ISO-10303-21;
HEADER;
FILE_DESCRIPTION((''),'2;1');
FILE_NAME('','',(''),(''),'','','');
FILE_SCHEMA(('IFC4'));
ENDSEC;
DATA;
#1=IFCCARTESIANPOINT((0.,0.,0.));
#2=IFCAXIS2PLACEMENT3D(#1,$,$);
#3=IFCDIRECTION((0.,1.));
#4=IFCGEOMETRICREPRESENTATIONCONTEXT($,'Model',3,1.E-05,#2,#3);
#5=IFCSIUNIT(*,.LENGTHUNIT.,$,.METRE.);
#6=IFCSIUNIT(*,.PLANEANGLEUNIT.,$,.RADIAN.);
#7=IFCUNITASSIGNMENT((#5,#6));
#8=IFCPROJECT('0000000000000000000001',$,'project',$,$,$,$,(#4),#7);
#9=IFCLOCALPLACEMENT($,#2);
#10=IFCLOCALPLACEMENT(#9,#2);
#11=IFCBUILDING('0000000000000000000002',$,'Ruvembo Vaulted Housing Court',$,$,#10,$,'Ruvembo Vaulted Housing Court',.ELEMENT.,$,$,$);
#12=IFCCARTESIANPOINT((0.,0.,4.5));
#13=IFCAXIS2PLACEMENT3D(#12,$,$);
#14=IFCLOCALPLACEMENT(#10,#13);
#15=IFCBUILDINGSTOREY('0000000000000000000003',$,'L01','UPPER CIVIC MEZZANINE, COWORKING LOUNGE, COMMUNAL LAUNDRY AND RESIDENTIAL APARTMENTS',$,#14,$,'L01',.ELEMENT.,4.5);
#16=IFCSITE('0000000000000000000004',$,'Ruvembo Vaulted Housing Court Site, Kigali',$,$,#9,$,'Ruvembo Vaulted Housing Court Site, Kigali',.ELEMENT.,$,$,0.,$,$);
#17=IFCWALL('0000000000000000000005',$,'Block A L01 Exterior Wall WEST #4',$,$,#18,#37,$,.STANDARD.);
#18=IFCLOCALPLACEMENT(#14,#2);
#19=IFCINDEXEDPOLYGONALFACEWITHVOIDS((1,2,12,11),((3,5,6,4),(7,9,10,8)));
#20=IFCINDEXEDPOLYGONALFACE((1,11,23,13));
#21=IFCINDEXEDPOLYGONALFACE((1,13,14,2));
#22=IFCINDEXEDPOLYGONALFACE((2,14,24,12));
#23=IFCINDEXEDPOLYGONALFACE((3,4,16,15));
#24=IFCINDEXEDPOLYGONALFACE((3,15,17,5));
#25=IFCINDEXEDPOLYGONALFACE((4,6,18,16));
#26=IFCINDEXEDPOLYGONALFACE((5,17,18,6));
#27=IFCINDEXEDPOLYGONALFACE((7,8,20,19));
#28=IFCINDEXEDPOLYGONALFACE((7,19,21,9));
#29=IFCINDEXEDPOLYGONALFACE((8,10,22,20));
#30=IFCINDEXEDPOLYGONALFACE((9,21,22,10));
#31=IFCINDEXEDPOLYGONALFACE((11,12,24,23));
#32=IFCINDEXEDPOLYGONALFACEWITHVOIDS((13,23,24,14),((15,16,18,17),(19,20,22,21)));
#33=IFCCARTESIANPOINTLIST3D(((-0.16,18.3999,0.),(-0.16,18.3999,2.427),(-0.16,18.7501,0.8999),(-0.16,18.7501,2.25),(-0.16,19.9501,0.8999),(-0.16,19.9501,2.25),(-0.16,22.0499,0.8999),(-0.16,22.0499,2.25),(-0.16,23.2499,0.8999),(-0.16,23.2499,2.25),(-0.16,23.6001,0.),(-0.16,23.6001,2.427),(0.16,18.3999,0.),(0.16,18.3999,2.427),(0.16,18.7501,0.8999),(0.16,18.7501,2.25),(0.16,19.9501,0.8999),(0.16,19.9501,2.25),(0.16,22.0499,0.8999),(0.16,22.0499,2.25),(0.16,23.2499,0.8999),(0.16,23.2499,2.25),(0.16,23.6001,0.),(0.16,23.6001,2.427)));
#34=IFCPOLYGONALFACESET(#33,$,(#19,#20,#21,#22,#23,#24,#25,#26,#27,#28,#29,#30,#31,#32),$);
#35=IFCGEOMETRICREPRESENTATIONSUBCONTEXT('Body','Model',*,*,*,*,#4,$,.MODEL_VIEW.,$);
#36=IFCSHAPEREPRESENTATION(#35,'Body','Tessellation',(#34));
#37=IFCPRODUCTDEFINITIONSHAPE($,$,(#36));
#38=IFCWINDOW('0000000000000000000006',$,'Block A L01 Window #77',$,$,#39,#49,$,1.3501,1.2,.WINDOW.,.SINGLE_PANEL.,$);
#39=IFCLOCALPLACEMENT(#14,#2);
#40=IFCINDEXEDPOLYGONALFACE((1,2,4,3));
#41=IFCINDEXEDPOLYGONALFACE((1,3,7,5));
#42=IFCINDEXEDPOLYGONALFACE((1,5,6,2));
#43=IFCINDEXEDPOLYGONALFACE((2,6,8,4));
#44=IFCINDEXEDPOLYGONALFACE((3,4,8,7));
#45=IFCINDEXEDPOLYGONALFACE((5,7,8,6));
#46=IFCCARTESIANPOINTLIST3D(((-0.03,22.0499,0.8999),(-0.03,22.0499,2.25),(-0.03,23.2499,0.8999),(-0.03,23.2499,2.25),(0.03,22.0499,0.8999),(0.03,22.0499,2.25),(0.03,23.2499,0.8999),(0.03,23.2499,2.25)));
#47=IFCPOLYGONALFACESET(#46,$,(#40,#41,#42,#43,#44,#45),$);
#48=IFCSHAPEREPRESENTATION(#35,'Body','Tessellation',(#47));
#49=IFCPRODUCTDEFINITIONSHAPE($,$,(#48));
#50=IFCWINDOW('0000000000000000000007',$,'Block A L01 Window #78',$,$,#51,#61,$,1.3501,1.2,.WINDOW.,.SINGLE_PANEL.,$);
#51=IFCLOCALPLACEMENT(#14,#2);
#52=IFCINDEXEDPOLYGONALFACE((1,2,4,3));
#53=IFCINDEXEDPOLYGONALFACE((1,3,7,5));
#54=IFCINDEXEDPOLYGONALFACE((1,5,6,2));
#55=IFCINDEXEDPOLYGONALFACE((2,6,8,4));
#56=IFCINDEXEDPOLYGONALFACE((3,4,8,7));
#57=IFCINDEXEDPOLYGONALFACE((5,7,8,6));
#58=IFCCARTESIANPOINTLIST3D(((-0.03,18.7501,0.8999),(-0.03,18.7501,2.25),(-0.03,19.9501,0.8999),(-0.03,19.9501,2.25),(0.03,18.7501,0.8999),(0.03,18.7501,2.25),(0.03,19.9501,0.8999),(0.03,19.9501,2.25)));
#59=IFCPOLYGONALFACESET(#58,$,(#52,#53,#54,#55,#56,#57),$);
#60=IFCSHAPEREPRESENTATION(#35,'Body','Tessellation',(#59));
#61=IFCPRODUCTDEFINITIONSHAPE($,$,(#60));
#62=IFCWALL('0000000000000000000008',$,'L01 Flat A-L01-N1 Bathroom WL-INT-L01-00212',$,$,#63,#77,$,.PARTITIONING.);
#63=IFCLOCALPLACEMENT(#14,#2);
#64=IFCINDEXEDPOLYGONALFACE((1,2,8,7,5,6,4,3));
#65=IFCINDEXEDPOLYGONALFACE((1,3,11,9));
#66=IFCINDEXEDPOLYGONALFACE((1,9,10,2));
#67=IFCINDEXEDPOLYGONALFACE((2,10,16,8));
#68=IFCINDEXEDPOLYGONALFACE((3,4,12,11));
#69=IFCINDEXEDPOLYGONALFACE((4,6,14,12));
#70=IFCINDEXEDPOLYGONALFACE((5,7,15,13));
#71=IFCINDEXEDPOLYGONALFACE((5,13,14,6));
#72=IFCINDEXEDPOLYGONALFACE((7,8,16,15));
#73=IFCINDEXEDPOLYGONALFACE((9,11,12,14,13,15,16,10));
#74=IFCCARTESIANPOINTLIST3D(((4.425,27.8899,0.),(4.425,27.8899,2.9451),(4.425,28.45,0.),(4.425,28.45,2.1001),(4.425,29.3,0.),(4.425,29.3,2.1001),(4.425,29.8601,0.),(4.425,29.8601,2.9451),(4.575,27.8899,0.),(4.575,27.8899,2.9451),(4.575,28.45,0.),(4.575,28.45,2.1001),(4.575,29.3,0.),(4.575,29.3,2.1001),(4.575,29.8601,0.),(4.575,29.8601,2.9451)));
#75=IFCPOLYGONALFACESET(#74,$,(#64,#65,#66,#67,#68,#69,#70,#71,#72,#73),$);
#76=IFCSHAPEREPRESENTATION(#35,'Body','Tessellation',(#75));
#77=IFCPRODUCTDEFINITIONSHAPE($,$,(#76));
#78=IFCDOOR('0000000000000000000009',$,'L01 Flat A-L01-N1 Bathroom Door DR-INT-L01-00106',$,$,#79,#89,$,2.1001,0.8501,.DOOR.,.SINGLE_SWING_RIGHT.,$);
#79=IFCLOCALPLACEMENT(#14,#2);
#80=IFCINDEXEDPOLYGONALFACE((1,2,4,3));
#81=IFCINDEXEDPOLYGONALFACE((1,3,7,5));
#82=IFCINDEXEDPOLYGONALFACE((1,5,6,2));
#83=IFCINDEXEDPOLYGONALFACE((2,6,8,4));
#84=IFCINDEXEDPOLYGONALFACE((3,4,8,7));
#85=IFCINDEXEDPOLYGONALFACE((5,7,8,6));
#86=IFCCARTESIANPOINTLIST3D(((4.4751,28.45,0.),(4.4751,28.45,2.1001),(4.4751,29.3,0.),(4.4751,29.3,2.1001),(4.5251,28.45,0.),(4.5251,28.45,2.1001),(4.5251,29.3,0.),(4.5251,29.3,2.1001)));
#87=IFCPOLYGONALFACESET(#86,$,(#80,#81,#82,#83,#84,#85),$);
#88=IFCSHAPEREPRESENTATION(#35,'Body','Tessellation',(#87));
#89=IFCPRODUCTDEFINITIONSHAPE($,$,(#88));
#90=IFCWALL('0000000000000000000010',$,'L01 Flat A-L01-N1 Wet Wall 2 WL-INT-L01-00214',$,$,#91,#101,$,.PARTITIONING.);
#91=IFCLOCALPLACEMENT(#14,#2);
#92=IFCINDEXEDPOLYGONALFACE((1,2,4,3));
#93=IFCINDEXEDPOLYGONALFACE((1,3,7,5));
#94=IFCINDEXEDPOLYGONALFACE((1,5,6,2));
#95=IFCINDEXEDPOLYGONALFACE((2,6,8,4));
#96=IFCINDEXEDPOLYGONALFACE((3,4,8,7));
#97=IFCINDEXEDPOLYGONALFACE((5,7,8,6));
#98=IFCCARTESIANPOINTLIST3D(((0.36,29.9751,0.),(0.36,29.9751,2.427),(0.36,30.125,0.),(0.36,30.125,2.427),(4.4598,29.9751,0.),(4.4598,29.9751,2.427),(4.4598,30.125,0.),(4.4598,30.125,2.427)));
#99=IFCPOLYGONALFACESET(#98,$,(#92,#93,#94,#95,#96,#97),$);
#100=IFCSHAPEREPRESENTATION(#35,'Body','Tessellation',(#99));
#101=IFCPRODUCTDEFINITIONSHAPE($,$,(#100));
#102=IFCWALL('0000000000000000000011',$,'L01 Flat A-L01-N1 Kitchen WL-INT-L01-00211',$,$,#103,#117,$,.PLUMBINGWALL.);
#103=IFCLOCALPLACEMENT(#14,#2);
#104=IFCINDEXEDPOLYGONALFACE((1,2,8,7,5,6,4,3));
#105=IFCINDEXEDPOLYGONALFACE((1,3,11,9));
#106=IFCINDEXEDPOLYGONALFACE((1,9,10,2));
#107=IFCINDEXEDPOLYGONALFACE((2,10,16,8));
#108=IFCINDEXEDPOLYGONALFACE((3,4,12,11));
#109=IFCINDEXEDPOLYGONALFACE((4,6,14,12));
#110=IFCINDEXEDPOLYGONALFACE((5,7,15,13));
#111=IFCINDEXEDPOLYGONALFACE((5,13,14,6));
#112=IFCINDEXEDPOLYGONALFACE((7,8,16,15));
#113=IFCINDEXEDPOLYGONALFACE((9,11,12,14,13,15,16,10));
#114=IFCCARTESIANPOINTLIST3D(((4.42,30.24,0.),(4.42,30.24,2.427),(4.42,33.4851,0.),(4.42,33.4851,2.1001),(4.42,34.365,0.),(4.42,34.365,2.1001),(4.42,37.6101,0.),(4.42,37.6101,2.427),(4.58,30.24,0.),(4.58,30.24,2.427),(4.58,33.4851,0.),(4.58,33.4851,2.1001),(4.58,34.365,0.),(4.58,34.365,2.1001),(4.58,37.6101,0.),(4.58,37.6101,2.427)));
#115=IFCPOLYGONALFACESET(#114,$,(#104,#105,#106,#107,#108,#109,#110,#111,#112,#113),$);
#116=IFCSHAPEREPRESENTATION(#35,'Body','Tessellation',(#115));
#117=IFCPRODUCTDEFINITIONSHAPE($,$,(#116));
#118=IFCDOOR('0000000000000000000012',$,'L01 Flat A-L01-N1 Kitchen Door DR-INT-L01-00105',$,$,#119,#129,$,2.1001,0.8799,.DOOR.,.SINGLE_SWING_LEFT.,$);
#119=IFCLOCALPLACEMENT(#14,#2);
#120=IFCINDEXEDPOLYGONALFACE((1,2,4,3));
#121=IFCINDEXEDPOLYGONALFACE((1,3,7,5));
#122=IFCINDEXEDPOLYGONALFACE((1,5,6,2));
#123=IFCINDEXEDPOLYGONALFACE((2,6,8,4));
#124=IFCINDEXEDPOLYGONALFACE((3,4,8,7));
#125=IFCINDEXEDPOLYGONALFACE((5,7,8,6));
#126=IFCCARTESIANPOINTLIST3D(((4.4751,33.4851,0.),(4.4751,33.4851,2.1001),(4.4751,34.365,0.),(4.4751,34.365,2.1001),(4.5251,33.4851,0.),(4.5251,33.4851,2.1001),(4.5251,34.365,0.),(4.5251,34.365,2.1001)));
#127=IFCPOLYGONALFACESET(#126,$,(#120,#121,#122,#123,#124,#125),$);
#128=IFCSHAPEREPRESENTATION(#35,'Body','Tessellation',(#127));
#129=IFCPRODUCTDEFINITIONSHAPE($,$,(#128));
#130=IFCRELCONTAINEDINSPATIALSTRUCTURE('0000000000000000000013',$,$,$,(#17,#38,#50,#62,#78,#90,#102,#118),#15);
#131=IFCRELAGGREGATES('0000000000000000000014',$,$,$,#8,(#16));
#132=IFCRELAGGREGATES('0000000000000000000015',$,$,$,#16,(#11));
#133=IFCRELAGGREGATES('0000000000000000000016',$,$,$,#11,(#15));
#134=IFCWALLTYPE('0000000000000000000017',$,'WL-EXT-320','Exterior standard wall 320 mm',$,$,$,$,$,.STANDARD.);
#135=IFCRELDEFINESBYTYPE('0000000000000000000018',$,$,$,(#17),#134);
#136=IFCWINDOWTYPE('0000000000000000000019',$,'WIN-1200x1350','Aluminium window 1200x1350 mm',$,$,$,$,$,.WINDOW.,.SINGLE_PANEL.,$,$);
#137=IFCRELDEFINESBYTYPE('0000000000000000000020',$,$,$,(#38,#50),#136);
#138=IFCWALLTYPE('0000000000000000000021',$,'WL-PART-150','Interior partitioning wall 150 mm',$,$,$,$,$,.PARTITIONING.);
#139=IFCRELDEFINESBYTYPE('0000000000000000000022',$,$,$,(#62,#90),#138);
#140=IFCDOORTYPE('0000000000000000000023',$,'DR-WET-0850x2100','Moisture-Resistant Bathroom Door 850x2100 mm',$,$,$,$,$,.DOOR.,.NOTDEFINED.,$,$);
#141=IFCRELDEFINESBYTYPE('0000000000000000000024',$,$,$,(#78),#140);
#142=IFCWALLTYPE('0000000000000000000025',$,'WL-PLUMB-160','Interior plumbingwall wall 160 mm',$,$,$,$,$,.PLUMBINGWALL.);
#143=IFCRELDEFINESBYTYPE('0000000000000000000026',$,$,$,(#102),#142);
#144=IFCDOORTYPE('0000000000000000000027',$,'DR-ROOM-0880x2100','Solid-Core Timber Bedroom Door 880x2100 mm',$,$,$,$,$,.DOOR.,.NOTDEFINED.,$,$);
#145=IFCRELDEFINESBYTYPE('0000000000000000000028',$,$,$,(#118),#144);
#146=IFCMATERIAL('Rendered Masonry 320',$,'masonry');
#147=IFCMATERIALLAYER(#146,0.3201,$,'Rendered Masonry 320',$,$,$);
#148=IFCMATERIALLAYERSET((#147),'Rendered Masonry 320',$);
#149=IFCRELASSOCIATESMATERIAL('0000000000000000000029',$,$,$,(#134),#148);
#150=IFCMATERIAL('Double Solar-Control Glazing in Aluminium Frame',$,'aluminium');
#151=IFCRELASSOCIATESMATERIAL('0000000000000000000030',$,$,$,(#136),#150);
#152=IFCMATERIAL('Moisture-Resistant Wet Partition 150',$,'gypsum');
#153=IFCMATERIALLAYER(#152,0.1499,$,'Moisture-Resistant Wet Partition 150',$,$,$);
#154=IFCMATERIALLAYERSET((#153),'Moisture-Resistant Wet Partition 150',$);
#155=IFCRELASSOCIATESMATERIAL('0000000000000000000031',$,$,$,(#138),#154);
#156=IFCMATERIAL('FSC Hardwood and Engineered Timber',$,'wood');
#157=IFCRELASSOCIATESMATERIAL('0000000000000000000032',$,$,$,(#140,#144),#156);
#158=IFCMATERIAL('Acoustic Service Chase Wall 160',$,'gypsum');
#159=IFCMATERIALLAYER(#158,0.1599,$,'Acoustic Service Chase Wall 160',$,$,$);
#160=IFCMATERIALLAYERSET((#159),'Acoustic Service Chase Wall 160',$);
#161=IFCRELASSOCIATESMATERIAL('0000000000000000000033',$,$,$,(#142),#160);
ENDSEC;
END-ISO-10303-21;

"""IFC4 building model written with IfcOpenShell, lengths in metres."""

from ifc_helpers import new_model, si_unit, direction, frame, frame_2d, origin, place, context, subcontext, project, spatial, rectangle, extrude, material, layer, layer_set, type_object, element, fill, save


model = new_model("IFC4")

# Units and contexts
model_context = context("Model", 3, precision=1e-05, world=origin(), true_north=direction((0.0, 1.0)))
body_context = subcontext(model_context, "Body", "Model", "MODEL_VIEW")
ifc_project = project(units=[si_unit("LENGTHUNIT", "METRE"), si_unit("PLANEANGLEUNIT", "RADIAN")], contexts=[model_context])

# Site, building, storey
site_placement = place(None, origin())
site = spatial("IfcSite", under=ifc_project, at=site_placement, Name="Ruvembo Vaulted Housing Court Site, Kigali", LongName="Ruvembo Vaulted Housing Court Site, Kigali", CompositionType="ELEMENT", RefElevation=0.0)
building_placement = place(site_placement, origin())
building = spatial("IfcBuilding", under=site, at=building_placement, Name="Ruvembo Vaulted Housing Court", LongName="Ruvembo Vaulted Housing Court", CompositionType="ELEMENT")
storey_placement = place(building_placement, frame((0.0, 0.0, 4.5)))
storey = spatial("IfcBuildingStorey", under=building, at=storey_placement, Name="L01", Description="UPPER CIVIC MEZZANINE, COWORKING LOUNGE, COMMUNAL LAUNDRY AND RESIDENTIAL APARTMENTS", LongName="L01", CompositionType="ELEMENT", Elevation=4.5)

# Shared definitions
ifc_material_1 = material(Name="FSC Hardwood and Engineered Timber", Category="wood")

# Wall, openings, windows
ifc_material_2 = material(Name="Rendered Masonry 320", Category="masonry")
ifc_layer_1 = layer(ifc_material_2, 0.3201, Name="Rendered Masonry 320")
ifc_layer_set_1 = layer_set([ifc_layer_1], Name="Rendered Masonry 320")
wall_type_1 = type_object("IfcWallType", Name="WL-EXT-320", Description="Exterior standard wall 320 mm", PredefinedType="STANDARD", material=ifc_layer_set_1)
ifc_material_3 = material(Name="Double Solar-Control Glazing in Aluminium Frame", Category="aluminium")
wall_1_placement = place(storey_placement, frame((0.0, 23.6001, 0.0), z_axis=(0.0, 0.0, 1.0), x_axis=(0.0, -1.0, 0.0)))
wall_1 = element("IfcWall", 1, at=wall_1_placement, inside=storey, type_object=wall_type_1, Name="Block A L01 Exterior Wall WEST #4", PredefinedType="STANDARD", context=body_context, shape_type="SweptSolid", body=[
    extrude(rectangle(XDim=5.2002, YDim=0.3201, at=frame_2d((2.6001, 0.0))), origin(), (0.0, 0.0, 1.0), 2.427),
])
opening_1_placement = place(wall_1_placement, frame((0.3501, 0.0, 0.8999)))
opening_1 = element("IfcOpeningElement", 2, at=opening_1_placement, cuts=wall_1, PredefinedType="OPENING", context=body_context, shape_type="SweptSolid", body=[
    extrude(rectangle(XDim=1.2, YDim=1.3501, at=frame_2d((0.6001, 0.675))), frame((0.0, 0.1699, 0.0), z_axis=(0.0, -1.0, 0.0), x_axis=(1.0, 0.0, 0.0)), (0.0, 0.0, 1.0), 0.3401),
])
opening_2_placement = place(wall_1_placement, frame((3.6499, 0.0, 0.8999)))
opening_2 = element("IfcOpeningElement", 3, at=opening_2_placement, cuts=wall_1, PredefinedType="OPENING", context=body_context, shape_type="SweptSolid", body=[
    extrude(rectangle(XDim=1.2, YDim=1.3501, at=frame_2d((0.6001, 0.675))), frame((0.0, 0.1699, 0.0), z_axis=(0.0, -1.0, 0.0), x_axis=(1.0, 0.0, 0.0)), (0.0, 0.0, 1.0), 0.3401),
])
window_type_1 = type_object("IfcWindowType", Name="WIN-1200x1350", Description="Aluminium window 1200x1350 mm", PartitioningType="SINGLE_PANEL", PredefinedType="WINDOW", material=ifc_material_3)
window_1_placement = place(opening_1_placement, origin())
window_1 = element("IfcWindow", 4, at=window_1_placement, inside=storey, type_object=window_type_1, Name="Block A L01 Window #77", OverallHeight=1.3501, OverallWidth=1.2, PartitioningType="SINGLE_PANEL", PredefinedType="WINDOW", context=body_context, shape_type="SweptSolid", body=[
    extrude(rectangle(XDim=1.2, YDim=1.3501, at=frame_2d((0.6001, 0.675))), frame((0.0, 0.03, 0.0), z_axis=(0.0, -1.0, 0.0), x_axis=(1.0, 0.0, 0.0)), (0.0, 0.0, 1.0), 0.0601),
])
fill(opening_1, window_1)
window_2_placement = place(opening_2_placement, origin())
window_2 = element("IfcWindow", 5, at=window_2_placement, inside=storey, type_object=window_type_1, Name="Block A L01 Window #78", OverallHeight=1.3501, OverallWidth=1.2, PartitioningType="SINGLE_PANEL", PredefinedType="WINDOW", context=body_context, shape_type="SweptSolid", body=[
    extrude(rectangle(XDim=1.2, YDim=1.3501, at=frame_2d((0.6001, 0.675))), frame((0.0, 0.03, 0.0), z_axis=(0.0, -1.0, 0.0), x_axis=(1.0, 0.0, 0.0)), (0.0, 0.0, 1.0), 0.0601),
])
fill(opening_2, window_2)

# Wall, opening, door
ifc_material_4 = material(Name="Moisture-Resistant Wet Partition 150", Category="gypsum")
ifc_layer_2 = layer(ifc_material_4, 0.1499, Name="Moisture-Resistant Wet Partition 150")
ifc_layer_set_2 = layer_set([ifc_layer_2], Name="Moisture-Resistant Wet Partition 150")
wall_type_2 = type_object("IfcWallType", Name="WL-PART-150", Description="Interior partitioning wall 150 mm", PredefinedType="PARTITIONING", material=ifc_layer_set_2)
wall_2_placement = place(storey_placement, frame((4.5, 27.8899, 0.0), z_axis=(0.0, 0.0, 1.0), x_axis=(0.0, 1.0, 0.0)))
wall_2 = element("IfcWall", 6, at=wall_2_placement, inside=storey, type_object=wall_type_2, Name="L01 Flat A-L01-N1 Bathroom WL-INT-L01-00212", PredefinedType="PARTITIONING", context=body_context, shape_type="SweptSolid", body=[
    extrude(rectangle(XDim=1.9702, YDim=0.1499, at=frame_2d((0.9851, 0.0))), origin(), (0.0, 0.0, 1.0), 2.9451),
])
opening_3_placement = place(wall_2_placement, frame((0.5601, 0.0, 0.0)))
opening_3 = element("IfcOpeningElement", 7, at=opening_3_placement, cuts=wall_2, PredefinedType="OPENING", context=body_context, shape_type="SweptSolid", body=[
    extrude(rectangle(XDim=0.8501, YDim=2.1001, at=frame_2d((0.425, 1.05))), frame((0.0, 0.085, 0.0), z_axis=(0.0, -1.0, 0.0), x_axis=(1.0, 0.0, 0.0)), (0.0, 0.0, 1.0), 0.1699),
])
door_type_1 = type_object("IfcDoorType", Name="DR-WET-0850x2100", Description="Moisture-Resistant Bathroom Door 850x2100 mm", OperationType="NOTDEFINED", PredefinedType="DOOR", material=ifc_material_1)
door_1_placement = place(opening_3_placement, origin())
door_1 = element("IfcDoor", 8, at=door_1_placement, inside=storey, type_object=door_type_1, Name="L01 Flat A-L01-N1 Bathroom Door DR-INT-L01-00106", OperationType="SINGLE_SWING_RIGHT", OverallHeight=2.1001, OverallWidth=0.8501, PredefinedType="DOOR", context=body_context, shape_type="SweptSolid", body=[
    extrude(rectangle(XDim=0.8501, YDim=2.1001, at=frame_2d((0.425, 1.05))), frame((0.0, 0.0249, 0.0), z_axis=(0.0, -1.0, 0.0), x_axis=(1.0, 0.0, 0.0)), (0.0, 0.0, 1.0), 0.05),
])
fill(opening_3, door_1)

# Wall
wall_3_placement = place(storey_placement, frame((0.3601, 30.05, 0.0), z_axis=(0.0, 0.0, 1.0), x_axis=(1.0, 0.0, 0.0)))
element("IfcWall", 9, at=wall_3_placement, inside=storey, type_object=wall_type_2, Name="L01 Flat A-L01-N1 Wet Wall 2 WL-INT-L01-00214", PredefinedType="PARTITIONING", context=body_context, shape_type="SweptSolid", body=[
    extrude(rectangle(XDim=4.0999, YDim=0.1499, at=frame_2d((2.0498, 0.0))), origin(), (0.0, 0.0, 1.0), 2.427),
])

# Wall, opening, door
ifc_material_5 = material(Name="Acoustic Service Chase Wall 160", Category="gypsum")
ifc_layer_3 = layer(ifc_material_5, 0.1599, Name="Acoustic Service Chase Wall 160")
ifc_layer_set_3 = layer_set([ifc_layer_3], Name="Acoustic Service Chase Wall 160")
wall_type_3 = type_object("IfcWallType", Name="WL-PLUMB-160", Description="Interior plumbingwall wall 160 mm", PredefinedType="PLUMBINGWALL", material=ifc_layer_set_3)
wall_4_placement = place(storey_placement, frame((4.5, 30.24, 0.0), z_axis=(0.0, 0.0, 1.0), x_axis=(0.0, 1.0, 0.0)))
wall_4 = element("IfcWall", 10, at=wall_4_placement, inside=storey, type_object=wall_type_3, Name="L01 Flat A-L01-N1 Kitchen WL-INT-L01-00211", PredefinedType="PLUMBINGWALL", context=body_context, shape_type="SweptSolid", body=[
    extrude(rectangle(XDim=7.3701, YDim=0.1599, at=frame_2d((3.6851, 0.0))), origin(), (0.0, 0.0, 1.0), 2.427),
])
opening_4_placement = place(wall_4_placement, frame((3.2451, 0.0, 0.0)))
opening_4 = element("IfcOpeningElement", 11, at=opening_4_placement, cuts=wall_4, PredefinedType="OPENING", context=body_context, shape_type="SweptSolid", body=[
    extrude(rectangle(XDim=0.8799, YDim=2.1001, at=frame_2d((0.4399, 1.05))), frame((0.0, 0.0898, 0.0), z_axis=(0.0, -1.0, 0.0), x_axis=(1.0, 0.0, 0.0)), (0.0, 0.0, 1.0), 0.1799),
])
door_type_2 = type_object("IfcDoorType", Name="DR-ROOM-0880x2100", Description="Solid-Core Timber Bedroom Door 880x2100 mm", OperationType="NOTDEFINED", PredefinedType="DOOR", material=ifc_material_1)
door_2_placement = place(opening_4_placement, origin())
door_2 = element("IfcDoor", 12, at=door_2_placement, inside=storey, type_object=door_type_2, Name="L01 Flat A-L01-N1 Kitchen Door DR-INT-L01-00105", OperationType="SINGLE_SWING_LEFT", OverallHeight=2.1001, OverallWidth=0.8799, PredefinedType="DOOR", context=body_context, shape_type="SweptSolid", body=[
    extrude(rectangle(XDim=0.8799, YDim=2.1001, at=frame_2d((0.4399, 1.05))), frame((0.0, 0.0249, 0.0), z_axis=(0.0, -1.0, 0.0), x_axis=(1.0, 0.0, 0.0)), (0.0, 0.0, 1.0), 0.05),
])
fill(opening_4, door_2)

save(model, "model.ifc")
